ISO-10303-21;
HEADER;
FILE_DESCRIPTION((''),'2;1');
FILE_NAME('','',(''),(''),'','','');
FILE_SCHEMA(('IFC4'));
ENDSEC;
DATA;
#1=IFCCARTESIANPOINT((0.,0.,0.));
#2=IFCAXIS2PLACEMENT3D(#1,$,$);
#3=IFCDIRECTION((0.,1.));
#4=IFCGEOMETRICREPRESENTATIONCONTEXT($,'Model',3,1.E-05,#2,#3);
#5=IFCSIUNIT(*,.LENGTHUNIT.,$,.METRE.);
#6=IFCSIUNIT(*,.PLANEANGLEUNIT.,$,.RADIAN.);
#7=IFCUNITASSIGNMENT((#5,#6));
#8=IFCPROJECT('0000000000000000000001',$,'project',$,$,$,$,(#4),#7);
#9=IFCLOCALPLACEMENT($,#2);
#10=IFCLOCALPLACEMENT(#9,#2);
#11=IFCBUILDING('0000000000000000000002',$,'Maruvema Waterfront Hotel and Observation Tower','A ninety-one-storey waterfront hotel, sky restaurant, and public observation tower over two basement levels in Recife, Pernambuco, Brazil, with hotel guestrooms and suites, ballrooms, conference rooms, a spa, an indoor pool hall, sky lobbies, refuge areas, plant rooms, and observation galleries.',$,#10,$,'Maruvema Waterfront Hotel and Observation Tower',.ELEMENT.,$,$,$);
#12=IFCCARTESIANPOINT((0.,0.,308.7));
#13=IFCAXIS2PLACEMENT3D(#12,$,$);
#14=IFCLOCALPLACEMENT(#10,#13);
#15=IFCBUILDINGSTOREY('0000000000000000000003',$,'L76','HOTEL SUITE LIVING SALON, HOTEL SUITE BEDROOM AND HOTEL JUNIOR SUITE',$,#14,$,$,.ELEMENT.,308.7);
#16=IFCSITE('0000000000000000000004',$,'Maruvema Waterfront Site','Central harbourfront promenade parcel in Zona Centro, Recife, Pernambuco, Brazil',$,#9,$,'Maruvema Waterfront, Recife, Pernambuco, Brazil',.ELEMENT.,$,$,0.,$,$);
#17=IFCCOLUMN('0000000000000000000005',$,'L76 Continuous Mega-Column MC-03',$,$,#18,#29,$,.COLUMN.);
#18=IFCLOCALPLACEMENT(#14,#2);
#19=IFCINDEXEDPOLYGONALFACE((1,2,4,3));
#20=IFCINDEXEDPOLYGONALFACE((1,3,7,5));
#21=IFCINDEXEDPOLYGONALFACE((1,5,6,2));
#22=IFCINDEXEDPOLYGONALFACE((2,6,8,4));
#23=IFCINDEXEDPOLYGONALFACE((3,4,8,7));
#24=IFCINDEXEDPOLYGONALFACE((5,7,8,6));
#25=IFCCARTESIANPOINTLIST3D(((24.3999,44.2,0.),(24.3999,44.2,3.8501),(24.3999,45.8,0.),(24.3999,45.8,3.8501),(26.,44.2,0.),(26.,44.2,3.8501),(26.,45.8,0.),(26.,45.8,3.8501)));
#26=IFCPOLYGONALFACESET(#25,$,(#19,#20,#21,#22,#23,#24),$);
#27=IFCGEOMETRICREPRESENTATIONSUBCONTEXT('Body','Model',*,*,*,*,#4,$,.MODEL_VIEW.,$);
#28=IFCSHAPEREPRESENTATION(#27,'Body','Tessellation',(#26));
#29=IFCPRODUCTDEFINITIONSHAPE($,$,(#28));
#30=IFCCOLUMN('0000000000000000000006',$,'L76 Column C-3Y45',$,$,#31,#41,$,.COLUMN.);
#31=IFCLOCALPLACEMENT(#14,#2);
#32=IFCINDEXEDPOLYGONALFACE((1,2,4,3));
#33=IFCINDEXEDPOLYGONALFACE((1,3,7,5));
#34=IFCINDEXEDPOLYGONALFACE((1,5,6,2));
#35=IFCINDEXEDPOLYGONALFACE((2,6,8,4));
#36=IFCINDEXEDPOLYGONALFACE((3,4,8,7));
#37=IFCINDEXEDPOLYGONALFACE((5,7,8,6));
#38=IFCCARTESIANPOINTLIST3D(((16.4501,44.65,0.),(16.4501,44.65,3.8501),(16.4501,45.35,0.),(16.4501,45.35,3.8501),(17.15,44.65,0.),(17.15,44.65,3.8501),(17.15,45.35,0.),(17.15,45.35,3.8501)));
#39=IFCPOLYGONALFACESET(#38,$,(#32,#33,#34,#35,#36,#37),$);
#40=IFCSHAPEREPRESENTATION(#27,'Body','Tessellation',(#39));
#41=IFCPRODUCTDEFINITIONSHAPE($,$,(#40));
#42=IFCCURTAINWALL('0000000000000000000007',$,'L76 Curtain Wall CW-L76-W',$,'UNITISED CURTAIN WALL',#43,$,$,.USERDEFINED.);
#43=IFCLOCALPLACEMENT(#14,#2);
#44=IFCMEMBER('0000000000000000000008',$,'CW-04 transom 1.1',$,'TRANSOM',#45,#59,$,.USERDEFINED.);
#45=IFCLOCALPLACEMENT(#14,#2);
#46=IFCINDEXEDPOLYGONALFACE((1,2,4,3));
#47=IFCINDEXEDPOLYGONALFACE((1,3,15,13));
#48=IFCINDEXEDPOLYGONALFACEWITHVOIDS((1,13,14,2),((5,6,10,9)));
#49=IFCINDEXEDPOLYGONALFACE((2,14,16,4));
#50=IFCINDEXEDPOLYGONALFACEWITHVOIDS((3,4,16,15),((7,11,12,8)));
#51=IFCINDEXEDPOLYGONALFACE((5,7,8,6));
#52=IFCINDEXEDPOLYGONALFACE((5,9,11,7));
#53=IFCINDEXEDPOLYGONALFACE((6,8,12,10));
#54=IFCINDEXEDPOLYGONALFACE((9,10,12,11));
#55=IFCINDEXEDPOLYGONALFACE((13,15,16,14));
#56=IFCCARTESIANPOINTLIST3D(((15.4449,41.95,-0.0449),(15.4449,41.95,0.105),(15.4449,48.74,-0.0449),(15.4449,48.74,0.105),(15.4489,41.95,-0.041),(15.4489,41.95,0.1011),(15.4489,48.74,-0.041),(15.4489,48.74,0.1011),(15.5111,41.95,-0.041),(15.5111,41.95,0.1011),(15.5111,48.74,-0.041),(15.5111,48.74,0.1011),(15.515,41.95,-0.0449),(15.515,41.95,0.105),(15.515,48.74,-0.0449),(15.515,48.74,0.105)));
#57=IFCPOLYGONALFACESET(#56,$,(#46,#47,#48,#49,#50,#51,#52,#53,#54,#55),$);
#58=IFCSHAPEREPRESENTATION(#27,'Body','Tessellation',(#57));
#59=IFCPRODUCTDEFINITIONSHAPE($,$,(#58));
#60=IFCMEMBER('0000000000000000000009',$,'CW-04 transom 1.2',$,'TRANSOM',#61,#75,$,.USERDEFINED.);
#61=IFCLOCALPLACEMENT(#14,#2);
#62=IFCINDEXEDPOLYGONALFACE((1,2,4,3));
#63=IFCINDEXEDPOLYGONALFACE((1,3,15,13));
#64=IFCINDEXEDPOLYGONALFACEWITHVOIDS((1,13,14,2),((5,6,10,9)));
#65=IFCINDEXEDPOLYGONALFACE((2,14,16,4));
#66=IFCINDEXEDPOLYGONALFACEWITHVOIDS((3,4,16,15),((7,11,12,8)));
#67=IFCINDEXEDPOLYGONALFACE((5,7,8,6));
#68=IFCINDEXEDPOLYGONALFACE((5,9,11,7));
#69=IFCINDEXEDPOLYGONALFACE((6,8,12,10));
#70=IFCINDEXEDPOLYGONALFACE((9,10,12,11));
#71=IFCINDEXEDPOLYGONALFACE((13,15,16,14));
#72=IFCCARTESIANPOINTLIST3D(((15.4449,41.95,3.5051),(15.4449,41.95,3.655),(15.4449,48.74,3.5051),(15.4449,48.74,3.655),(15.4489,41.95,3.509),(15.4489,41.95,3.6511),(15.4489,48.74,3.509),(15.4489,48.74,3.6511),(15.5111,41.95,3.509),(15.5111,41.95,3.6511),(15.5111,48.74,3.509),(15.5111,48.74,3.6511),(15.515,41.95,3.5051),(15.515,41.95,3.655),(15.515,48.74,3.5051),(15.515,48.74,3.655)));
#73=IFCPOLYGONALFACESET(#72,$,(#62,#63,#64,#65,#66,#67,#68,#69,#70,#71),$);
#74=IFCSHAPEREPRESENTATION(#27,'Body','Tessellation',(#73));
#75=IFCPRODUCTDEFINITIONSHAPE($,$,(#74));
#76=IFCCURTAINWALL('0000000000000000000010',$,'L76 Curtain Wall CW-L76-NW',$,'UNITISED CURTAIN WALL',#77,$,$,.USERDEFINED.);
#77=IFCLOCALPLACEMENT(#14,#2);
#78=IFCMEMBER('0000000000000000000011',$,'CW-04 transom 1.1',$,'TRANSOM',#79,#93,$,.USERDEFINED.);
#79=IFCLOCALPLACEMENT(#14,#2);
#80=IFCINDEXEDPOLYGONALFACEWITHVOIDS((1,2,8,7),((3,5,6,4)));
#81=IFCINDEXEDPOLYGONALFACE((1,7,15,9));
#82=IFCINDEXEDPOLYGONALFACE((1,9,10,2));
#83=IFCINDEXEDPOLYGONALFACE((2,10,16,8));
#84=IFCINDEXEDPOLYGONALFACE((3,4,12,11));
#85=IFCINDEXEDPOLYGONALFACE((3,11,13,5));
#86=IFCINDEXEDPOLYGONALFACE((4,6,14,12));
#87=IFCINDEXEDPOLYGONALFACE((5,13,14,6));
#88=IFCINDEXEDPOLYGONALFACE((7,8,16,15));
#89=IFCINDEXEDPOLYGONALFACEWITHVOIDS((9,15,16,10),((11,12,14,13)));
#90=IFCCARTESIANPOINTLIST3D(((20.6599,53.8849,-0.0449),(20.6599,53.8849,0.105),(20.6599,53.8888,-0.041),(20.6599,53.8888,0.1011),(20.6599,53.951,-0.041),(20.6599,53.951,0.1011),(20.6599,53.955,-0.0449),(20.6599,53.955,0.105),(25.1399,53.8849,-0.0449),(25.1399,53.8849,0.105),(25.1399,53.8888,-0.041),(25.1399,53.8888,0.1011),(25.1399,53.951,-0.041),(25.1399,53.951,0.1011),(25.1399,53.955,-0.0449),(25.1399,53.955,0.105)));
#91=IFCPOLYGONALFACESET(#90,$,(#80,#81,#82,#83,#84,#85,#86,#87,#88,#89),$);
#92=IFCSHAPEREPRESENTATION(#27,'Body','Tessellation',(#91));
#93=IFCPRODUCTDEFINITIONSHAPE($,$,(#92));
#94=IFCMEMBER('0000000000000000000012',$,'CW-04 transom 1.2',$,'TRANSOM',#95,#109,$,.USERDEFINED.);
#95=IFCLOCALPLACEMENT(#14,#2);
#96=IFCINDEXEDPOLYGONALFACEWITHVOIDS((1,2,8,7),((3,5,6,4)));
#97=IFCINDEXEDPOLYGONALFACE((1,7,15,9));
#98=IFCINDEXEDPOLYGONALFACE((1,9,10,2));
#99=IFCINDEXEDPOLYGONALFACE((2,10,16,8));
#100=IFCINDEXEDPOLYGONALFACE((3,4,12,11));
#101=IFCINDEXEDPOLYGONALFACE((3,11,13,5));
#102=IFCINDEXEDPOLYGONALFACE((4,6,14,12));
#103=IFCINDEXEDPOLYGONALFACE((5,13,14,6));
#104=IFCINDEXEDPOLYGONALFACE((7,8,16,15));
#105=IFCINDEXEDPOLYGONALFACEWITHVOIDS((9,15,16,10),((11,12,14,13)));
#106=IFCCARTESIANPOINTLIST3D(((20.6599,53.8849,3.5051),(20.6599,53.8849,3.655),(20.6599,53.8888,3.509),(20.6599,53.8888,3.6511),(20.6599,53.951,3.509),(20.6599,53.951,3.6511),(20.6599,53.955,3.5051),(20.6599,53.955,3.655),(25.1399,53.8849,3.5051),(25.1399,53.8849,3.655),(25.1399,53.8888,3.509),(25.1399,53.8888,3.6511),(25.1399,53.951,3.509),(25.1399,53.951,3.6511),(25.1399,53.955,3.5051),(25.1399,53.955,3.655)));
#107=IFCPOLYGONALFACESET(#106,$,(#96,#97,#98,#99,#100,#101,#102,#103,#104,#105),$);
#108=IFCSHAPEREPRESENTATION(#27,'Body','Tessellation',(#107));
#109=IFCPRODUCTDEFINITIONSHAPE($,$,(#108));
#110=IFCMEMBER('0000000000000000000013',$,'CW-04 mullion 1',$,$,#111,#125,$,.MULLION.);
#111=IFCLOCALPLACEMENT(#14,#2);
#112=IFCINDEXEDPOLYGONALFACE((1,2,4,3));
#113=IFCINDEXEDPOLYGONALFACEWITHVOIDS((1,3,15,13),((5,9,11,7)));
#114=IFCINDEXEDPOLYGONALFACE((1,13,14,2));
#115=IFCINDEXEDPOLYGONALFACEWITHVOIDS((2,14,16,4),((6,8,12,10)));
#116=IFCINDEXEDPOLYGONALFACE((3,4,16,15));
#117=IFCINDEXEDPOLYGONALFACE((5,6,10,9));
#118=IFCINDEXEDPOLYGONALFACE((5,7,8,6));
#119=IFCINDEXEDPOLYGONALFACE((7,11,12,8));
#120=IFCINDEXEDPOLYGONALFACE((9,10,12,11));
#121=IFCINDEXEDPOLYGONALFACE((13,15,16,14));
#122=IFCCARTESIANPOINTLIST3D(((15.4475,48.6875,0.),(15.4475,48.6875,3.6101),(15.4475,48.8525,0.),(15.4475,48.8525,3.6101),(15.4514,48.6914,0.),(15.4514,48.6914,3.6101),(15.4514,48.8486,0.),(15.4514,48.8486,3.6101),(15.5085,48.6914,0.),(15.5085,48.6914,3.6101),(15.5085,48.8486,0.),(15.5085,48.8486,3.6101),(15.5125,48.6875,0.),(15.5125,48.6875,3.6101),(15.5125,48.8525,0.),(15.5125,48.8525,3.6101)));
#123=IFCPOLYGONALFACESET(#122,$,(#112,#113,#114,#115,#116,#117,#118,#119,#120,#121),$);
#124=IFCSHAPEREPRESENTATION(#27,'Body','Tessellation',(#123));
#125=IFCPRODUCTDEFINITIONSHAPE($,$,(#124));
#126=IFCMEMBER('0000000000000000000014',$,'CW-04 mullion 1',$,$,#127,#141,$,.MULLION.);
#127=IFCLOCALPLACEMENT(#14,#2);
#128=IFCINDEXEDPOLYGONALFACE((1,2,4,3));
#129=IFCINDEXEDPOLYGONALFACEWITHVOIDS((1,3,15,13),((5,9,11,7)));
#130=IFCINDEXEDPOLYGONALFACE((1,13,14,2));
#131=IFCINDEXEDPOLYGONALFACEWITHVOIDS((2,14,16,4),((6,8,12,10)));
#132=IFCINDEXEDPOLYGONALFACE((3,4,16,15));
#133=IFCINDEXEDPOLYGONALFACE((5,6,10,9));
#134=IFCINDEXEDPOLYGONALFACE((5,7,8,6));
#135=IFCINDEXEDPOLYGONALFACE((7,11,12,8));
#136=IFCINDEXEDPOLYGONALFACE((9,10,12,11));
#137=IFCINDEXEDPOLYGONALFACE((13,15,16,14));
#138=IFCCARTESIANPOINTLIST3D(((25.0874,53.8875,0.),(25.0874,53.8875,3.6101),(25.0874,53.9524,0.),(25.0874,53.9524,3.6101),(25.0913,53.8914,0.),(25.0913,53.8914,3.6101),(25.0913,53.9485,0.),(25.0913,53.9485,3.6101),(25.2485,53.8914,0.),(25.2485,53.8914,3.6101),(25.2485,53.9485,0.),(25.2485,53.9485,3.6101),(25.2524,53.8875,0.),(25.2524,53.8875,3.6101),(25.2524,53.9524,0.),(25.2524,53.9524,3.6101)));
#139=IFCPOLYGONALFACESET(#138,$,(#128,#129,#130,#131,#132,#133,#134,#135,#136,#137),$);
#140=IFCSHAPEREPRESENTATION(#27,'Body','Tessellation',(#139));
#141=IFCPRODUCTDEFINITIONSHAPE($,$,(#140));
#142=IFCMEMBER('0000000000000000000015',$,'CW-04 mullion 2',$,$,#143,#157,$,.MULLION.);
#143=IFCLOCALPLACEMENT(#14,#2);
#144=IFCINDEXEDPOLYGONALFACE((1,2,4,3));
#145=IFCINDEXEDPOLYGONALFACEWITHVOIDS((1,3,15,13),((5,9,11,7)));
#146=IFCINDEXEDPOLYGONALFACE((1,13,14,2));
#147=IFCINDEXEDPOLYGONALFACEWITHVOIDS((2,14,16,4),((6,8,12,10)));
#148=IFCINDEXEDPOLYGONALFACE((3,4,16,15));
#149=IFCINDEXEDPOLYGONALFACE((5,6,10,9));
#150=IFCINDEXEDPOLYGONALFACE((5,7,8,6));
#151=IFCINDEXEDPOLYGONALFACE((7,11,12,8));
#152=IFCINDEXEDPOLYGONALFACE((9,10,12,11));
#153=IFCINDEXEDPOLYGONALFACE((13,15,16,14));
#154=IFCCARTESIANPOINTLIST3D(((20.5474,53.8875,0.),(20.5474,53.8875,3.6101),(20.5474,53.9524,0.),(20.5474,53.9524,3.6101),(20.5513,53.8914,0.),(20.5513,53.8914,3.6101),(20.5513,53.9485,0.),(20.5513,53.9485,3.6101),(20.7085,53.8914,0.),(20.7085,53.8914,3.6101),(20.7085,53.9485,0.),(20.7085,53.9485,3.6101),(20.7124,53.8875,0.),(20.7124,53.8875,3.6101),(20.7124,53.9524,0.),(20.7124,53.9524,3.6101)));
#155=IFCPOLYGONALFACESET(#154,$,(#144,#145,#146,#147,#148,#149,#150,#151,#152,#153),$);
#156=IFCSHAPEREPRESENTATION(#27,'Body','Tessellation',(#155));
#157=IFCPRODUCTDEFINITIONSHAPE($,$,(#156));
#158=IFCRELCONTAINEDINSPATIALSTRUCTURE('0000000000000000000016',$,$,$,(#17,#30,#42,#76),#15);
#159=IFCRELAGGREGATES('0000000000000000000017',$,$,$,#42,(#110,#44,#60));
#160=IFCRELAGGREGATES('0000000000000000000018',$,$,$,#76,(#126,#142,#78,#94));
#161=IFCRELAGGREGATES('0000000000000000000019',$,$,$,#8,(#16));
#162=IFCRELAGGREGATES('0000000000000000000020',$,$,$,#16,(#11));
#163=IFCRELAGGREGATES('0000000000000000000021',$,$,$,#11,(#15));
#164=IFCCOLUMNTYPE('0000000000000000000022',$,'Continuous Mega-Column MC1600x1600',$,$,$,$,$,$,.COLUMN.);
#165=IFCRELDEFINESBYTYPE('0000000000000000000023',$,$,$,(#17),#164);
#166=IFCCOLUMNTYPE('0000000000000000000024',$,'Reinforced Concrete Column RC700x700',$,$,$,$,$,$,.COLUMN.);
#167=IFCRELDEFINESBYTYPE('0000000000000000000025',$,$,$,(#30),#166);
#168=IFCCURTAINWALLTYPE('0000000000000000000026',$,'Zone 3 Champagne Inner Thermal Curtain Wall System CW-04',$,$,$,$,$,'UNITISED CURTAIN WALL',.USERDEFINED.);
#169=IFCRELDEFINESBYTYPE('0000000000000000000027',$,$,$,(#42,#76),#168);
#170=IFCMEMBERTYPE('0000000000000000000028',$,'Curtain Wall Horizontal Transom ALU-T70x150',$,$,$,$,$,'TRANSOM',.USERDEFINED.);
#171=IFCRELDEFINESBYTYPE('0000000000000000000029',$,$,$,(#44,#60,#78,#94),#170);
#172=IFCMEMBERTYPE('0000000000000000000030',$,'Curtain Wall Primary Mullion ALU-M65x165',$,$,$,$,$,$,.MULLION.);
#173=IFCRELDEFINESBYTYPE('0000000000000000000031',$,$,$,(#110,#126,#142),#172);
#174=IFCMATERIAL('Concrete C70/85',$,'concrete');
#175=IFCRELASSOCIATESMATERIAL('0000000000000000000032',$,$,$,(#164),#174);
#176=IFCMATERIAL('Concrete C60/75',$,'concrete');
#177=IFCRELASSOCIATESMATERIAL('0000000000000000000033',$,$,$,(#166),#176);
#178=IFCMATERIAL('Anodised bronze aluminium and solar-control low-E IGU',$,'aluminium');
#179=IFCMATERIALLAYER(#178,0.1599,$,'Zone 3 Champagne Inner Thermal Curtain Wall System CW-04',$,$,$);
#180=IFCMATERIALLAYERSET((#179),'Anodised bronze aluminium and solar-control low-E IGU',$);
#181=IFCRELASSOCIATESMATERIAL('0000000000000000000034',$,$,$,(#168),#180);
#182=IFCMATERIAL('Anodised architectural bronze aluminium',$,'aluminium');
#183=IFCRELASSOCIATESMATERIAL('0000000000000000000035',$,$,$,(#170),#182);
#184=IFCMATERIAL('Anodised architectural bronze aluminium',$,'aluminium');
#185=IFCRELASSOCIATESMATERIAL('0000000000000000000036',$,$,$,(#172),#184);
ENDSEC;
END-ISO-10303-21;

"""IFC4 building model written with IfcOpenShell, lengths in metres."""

from ifc_helpers import new_model, si_unit, direction, frame, origin, origin_2d, place, context, subcontext, project, spatial, rectangle, hollow_rectangle, extrude, material, layer, layer_set, material_profile, profile_set, type_object, element, aggregate, save


model = new_model("IFC4")

# Units and contexts
model_context = context("Model", 3, precision=1e-05, world=origin(), true_north=direction((0.0, 1.0)))
body_context = subcontext(model_context, "Body", "Model", "MODEL_VIEW")
ifc_project = project(units=[si_unit("LENGTHUNIT", "METRE"), si_unit("PLANEANGLEUNIT", "RADIAN")], contexts=[model_context])

# Site, building, storey
site_placement = place(None, origin())
site = spatial("IfcSite", under=ifc_project, at=site_placement, Name="Maruvema Waterfront Site", Description="Central harbourfront promenade parcel in Zona Centro, Recife, Pernambuco, Brazil", LongName="Maruvema Waterfront, Recife, Pernambuco, Brazil", CompositionType="ELEMENT", RefElevation=0.0)
building_placement = place(site_placement, origin())
building = spatial("IfcBuilding", under=site, at=building_placement, Name="Maruvema Waterfront Hotel and Observation Tower", Description="A ninety-one-storey waterfront hotel, sky restaurant, and public observation tower over two basement levels in Recife, Pernambuco, Brazil, with hotel guestrooms and suites, ballrooms, conference rooms, a spa, an indoor pool hall, sky lobbies, refuge areas, plant rooms, and observation galleries.", LongName="Maruvema Waterfront Hotel and Observation Tower", CompositionType="ELEMENT")
storey_placement = place(building_placement, frame((0.0, 0.0, 308.7)))
storey = spatial("IfcBuildingStorey", under=building, at=storey_placement, Name="L76", Description="HOTEL SUITE LIVING SALON, HOTEL SUITE BEDROOM AND HOTEL JUNIOR SUITE", CompositionType="ELEMENT", Elevation=308.7)

# Columns
ifc_material_1 = material(Name="Concrete C70/85", Category="concrete")
ifc_material_profile_1 = material_profile(ifc_material_1, rectangle(XDim=1.6001, YDim=1.6001, at=origin_2d()), Name="MC1600x1600")
ifc_profile_set_1 = profile_set([ifc_material_profile_1], Name="Concrete C70/85")
column_type_1 = type_object("IfcColumnType", Name="Continuous Mega-Column MC1600x1600", PredefinedType="COLUMN", material=ifc_profile_set_1)
column_1_placement = place(storey_placement, frame((25.2, 45.0, 0.0), z_axis=(0.0, 0.0, 1.0), x_axis=(1.0, 0.0, 0.0)))
element("IfcColumn", 1, at=column_1_placement, inside=storey, type_object=column_type_1, Name="L76 Continuous Mega-Column MC-03", PredefinedType="COLUMN", context=body_context, shape_type="SweptSolid", body=[
    extrude(rectangle(XDim=1.6001, YDim=1.6001, at=origin_2d()), origin(), (0.0, 0.0, 1.0), 3.8501),
])
ifc_material_2 = material(Name="Concrete C60/75", Category="concrete")
ifc_material_profile_2 = material_profile(ifc_material_2, rectangle(XDim=0.7, YDim=0.7, at=origin_2d()), Name="RC700x700")
ifc_profile_set_2 = profile_set([ifc_material_profile_2], Name="Concrete C60/75")
column_type_2 = type_object("IfcColumnType", Name="Reinforced Concrete Column RC700x700", PredefinedType="COLUMN", material=ifc_profile_set_2)
column_2_placement = place(storey_placement, frame((16.8, 45.0, 0.0), z_axis=(0.0, 0.0, 1.0), x_axis=(1.0, 0.0, 0.0)))
element("IfcColumn", 2, at=column_2_placement, inside=storey, type_object=column_type_2, Name="L76 Column C-3Y45", PredefinedType="COLUMN", context=body_context, shape_type="SweptSolid", body=[
    extrude(rectangle(XDim=0.7, YDim=0.7, at=origin_2d()), origin(), (0.0, 0.0, 1.0), 3.8501),
])

# Curtain walls, members
ifc_material_3 = material(Name="Anodised bronze aluminium and solar-control low-E IGU", Category="aluminium")
ifc_layer_1 = layer(ifc_material_3, 0.1599, Name="Zone 3 Champagne Inner Thermal Curtain Wall System CW-04")
ifc_layer_set_1 = layer_set([ifc_layer_1], Name="Anodised bronze aluminium and solar-control low-E IGU")
curtain_wall_type = type_object("IfcCurtainWallType", Name="Zone 3 Champagne Inner Thermal Curtain Wall System CW-04", ElementType="UNITISED CURTAIN WALL", PredefinedType="USERDEFINED", material=ifc_layer_set_1)
curtain_wall_1_placement = place(storey_placement, origin())
curtain_wall_1 = element("IfcCurtainWall", 3, at=curtain_wall_1_placement, inside=storey, type_object=curtain_wall_type, Name="L76 Curtain Wall CW-L76-W", ObjectType="UNITISED CURTAIN WALL", PredefinedType="USERDEFINED")
ifc_material_4 = material(Name="Anodised architectural bronze aluminium", Category="aluminium")
ifc_material_profile_3 = material_profile(ifc_material_4, hollow_rectangle(XDim=0.0701, YDim=0.1499, WallThickness=0.0039, at=origin_2d()), Name="ALU-T70x150")
ifc_profile_set_3 = profile_set([ifc_material_profile_3], Name="Anodised architectural bronze aluminium")
member_type_1 = type_object("IfcMemberType", Name="Curtain Wall Horizontal Transom ALU-T70x150", ElementType="TRANSOM", PredefinedType="USERDEFINED", material=ifc_profile_set_3)
member_1_placement = place(storey_placement, frame((15.48, 48.74, 0.03), z_axis=(0.0, -1.0, 0.0), x_axis=(1.0, 0.0, 0.0)))
member_1 = element("IfcMember", 4, at=member_1_placement, type_object=member_type_1, Name="CW-04 transom 1.1", ObjectType="TRANSOM", PredefinedType="USERDEFINED", context=body_context, shape_type="SweptSolid", body=[
    extrude(hollow_rectangle(XDim=0.0701, YDim=0.1499, WallThickness=0.0039, at=origin_2d()), origin(), (0.0, 0.0, 1.0), 6.79),
])
member_2_placement = place(storey_placement, frame((15.48, 48.74, 3.5801), z_axis=(0.0, -1.0, 0.0), x_axis=(1.0, 0.0, 0.0)))
member_2 = element("IfcMember", 5, at=member_2_placement, type_object=member_type_1, Name="CW-04 transom 1.2", ObjectType="TRANSOM", PredefinedType="USERDEFINED", context=body_context, shape_type="SweptSolid", body=[
    extrude(hollow_rectangle(XDim=0.0701, YDim=0.1499, WallThickness=0.0039, at=origin_2d()), origin(), (0.0, 0.0, 1.0), 6.79),
])
curtain_wall_2_placement = place(storey_placement, origin())
curtain_wall_2 = element("IfcCurtainWall", 6, at=curtain_wall_2_placement, inside=storey, type_object=curtain_wall_type, Name="L76 Curtain Wall CW-L76-NW", ObjectType="UNITISED CURTAIN WALL", PredefinedType="USERDEFINED")
member_3_placement = place(storey_placement, frame((25.1399, 53.9199, 0.03), z_axis=(-1.0, 0.0, 0.0), x_axis=(0.0, -1.0, 0.0)))
member_3 = element("IfcMember", 7, at=member_3_placement, type_object=member_type_1, Name="CW-04 transom 1.1", ObjectType="TRANSOM", PredefinedType="USERDEFINED", context=body_context, shape_type="SweptSolid", body=[
    extrude(hollow_rectangle(XDim=0.0701, YDim=0.1499, WallThickness=0.0039, at=origin_2d()), origin(), (0.0, 0.0, 1.0), 4.48),
])
member_4_placement = place(storey_placement, frame((25.1399, 53.9199, 3.5801), z_axis=(-1.0, 0.0, 0.0), x_axis=(0.0, -1.0, 0.0)))
member_4 = element("IfcMember", 8, at=member_4_placement, type_object=member_type_1, Name="CW-04 transom 1.2", ObjectType="TRANSOM", PredefinedType="USERDEFINED", context=body_context, shape_type="SweptSolid", body=[
    extrude(hollow_rectangle(XDim=0.0701, YDim=0.1499, WallThickness=0.0039, at=origin_2d()), origin(), (0.0, 0.0, 1.0), 4.48),
])

# Members
ifc_material_5 = material(Name="Anodised architectural bronze aluminium", Category="aluminium")
ifc_material_profile_4 = material_profile(ifc_material_5, hollow_rectangle(XDim=0.0649, YDim=0.165, WallThickness=0.0039, at=origin_2d()), Name="ALU-M65x165")
ifc_profile_set_4 = profile_set([ifc_material_profile_4], Name="Anodised architectural bronze aluminium")
member_type_2 = type_object("IfcMemberType", Name="Curtain Wall Primary Mullion ALU-M65x165", PredefinedType="MULLION", material=ifc_profile_set_4)
member_5_placement = place(storey_placement, frame((15.48, 48.77, 0.0), z_axis=(0.0, 0.0, 1.0), x_axis=(1.0, 0.0, 0.0)))
member_5 = element("IfcMember", 9, at=member_5_placement, type_object=member_type_2, Name="CW-04 mullion 1", PredefinedType="MULLION", context=body_context, shape_type="SweptSolid", body=[
    extrude(hollow_rectangle(XDim=0.0649, YDim=0.165, WallThickness=0.0039, at=origin_2d()), origin(), (0.0, 0.0, 1.0), 3.6101),
])
member_6_placement = place(storey_placement, frame((25.1699, 53.9199, 0.0), z_axis=(0.0, 0.0, 1.0), x_axis=(0.0, -1.0, 0.0)))
member_6 = element("IfcMember", 10, at=member_6_placement, type_object=member_type_2, Name="CW-04 mullion 1", PredefinedType="MULLION", context=body_context, shape_type="SweptSolid", body=[
    extrude(hollow_rectangle(XDim=0.0649, YDim=0.165, WallThickness=0.0039, at=origin_2d()), origin(), (0.0, 0.0, 1.0), 3.6101),
])
member_7_placement = place(storey_placement, frame((20.6299, 53.9199, 0.0), z_axis=(0.0, 0.0, 1.0), x_axis=(0.0, -1.0, 0.0)))
member_7 = element("IfcMember", 11, at=member_7_placement, type_object=member_type_2, Name="CW-04 mullion 2", PredefinedType="MULLION", context=body_context, shape_type="SweptSolid", body=[
    extrude(hollow_rectangle(XDim=0.0649, YDim=0.165, WallThickness=0.0039, at=origin_2d()), origin(), (0.0, 0.0, 1.0), 3.6101),
])

aggregate(curtain_wall_1, [member_5, member_1, member_2])
aggregate(curtain_wall_2, [member_6, member_7, member_3, member_4])

save(model, "model.ifc")
